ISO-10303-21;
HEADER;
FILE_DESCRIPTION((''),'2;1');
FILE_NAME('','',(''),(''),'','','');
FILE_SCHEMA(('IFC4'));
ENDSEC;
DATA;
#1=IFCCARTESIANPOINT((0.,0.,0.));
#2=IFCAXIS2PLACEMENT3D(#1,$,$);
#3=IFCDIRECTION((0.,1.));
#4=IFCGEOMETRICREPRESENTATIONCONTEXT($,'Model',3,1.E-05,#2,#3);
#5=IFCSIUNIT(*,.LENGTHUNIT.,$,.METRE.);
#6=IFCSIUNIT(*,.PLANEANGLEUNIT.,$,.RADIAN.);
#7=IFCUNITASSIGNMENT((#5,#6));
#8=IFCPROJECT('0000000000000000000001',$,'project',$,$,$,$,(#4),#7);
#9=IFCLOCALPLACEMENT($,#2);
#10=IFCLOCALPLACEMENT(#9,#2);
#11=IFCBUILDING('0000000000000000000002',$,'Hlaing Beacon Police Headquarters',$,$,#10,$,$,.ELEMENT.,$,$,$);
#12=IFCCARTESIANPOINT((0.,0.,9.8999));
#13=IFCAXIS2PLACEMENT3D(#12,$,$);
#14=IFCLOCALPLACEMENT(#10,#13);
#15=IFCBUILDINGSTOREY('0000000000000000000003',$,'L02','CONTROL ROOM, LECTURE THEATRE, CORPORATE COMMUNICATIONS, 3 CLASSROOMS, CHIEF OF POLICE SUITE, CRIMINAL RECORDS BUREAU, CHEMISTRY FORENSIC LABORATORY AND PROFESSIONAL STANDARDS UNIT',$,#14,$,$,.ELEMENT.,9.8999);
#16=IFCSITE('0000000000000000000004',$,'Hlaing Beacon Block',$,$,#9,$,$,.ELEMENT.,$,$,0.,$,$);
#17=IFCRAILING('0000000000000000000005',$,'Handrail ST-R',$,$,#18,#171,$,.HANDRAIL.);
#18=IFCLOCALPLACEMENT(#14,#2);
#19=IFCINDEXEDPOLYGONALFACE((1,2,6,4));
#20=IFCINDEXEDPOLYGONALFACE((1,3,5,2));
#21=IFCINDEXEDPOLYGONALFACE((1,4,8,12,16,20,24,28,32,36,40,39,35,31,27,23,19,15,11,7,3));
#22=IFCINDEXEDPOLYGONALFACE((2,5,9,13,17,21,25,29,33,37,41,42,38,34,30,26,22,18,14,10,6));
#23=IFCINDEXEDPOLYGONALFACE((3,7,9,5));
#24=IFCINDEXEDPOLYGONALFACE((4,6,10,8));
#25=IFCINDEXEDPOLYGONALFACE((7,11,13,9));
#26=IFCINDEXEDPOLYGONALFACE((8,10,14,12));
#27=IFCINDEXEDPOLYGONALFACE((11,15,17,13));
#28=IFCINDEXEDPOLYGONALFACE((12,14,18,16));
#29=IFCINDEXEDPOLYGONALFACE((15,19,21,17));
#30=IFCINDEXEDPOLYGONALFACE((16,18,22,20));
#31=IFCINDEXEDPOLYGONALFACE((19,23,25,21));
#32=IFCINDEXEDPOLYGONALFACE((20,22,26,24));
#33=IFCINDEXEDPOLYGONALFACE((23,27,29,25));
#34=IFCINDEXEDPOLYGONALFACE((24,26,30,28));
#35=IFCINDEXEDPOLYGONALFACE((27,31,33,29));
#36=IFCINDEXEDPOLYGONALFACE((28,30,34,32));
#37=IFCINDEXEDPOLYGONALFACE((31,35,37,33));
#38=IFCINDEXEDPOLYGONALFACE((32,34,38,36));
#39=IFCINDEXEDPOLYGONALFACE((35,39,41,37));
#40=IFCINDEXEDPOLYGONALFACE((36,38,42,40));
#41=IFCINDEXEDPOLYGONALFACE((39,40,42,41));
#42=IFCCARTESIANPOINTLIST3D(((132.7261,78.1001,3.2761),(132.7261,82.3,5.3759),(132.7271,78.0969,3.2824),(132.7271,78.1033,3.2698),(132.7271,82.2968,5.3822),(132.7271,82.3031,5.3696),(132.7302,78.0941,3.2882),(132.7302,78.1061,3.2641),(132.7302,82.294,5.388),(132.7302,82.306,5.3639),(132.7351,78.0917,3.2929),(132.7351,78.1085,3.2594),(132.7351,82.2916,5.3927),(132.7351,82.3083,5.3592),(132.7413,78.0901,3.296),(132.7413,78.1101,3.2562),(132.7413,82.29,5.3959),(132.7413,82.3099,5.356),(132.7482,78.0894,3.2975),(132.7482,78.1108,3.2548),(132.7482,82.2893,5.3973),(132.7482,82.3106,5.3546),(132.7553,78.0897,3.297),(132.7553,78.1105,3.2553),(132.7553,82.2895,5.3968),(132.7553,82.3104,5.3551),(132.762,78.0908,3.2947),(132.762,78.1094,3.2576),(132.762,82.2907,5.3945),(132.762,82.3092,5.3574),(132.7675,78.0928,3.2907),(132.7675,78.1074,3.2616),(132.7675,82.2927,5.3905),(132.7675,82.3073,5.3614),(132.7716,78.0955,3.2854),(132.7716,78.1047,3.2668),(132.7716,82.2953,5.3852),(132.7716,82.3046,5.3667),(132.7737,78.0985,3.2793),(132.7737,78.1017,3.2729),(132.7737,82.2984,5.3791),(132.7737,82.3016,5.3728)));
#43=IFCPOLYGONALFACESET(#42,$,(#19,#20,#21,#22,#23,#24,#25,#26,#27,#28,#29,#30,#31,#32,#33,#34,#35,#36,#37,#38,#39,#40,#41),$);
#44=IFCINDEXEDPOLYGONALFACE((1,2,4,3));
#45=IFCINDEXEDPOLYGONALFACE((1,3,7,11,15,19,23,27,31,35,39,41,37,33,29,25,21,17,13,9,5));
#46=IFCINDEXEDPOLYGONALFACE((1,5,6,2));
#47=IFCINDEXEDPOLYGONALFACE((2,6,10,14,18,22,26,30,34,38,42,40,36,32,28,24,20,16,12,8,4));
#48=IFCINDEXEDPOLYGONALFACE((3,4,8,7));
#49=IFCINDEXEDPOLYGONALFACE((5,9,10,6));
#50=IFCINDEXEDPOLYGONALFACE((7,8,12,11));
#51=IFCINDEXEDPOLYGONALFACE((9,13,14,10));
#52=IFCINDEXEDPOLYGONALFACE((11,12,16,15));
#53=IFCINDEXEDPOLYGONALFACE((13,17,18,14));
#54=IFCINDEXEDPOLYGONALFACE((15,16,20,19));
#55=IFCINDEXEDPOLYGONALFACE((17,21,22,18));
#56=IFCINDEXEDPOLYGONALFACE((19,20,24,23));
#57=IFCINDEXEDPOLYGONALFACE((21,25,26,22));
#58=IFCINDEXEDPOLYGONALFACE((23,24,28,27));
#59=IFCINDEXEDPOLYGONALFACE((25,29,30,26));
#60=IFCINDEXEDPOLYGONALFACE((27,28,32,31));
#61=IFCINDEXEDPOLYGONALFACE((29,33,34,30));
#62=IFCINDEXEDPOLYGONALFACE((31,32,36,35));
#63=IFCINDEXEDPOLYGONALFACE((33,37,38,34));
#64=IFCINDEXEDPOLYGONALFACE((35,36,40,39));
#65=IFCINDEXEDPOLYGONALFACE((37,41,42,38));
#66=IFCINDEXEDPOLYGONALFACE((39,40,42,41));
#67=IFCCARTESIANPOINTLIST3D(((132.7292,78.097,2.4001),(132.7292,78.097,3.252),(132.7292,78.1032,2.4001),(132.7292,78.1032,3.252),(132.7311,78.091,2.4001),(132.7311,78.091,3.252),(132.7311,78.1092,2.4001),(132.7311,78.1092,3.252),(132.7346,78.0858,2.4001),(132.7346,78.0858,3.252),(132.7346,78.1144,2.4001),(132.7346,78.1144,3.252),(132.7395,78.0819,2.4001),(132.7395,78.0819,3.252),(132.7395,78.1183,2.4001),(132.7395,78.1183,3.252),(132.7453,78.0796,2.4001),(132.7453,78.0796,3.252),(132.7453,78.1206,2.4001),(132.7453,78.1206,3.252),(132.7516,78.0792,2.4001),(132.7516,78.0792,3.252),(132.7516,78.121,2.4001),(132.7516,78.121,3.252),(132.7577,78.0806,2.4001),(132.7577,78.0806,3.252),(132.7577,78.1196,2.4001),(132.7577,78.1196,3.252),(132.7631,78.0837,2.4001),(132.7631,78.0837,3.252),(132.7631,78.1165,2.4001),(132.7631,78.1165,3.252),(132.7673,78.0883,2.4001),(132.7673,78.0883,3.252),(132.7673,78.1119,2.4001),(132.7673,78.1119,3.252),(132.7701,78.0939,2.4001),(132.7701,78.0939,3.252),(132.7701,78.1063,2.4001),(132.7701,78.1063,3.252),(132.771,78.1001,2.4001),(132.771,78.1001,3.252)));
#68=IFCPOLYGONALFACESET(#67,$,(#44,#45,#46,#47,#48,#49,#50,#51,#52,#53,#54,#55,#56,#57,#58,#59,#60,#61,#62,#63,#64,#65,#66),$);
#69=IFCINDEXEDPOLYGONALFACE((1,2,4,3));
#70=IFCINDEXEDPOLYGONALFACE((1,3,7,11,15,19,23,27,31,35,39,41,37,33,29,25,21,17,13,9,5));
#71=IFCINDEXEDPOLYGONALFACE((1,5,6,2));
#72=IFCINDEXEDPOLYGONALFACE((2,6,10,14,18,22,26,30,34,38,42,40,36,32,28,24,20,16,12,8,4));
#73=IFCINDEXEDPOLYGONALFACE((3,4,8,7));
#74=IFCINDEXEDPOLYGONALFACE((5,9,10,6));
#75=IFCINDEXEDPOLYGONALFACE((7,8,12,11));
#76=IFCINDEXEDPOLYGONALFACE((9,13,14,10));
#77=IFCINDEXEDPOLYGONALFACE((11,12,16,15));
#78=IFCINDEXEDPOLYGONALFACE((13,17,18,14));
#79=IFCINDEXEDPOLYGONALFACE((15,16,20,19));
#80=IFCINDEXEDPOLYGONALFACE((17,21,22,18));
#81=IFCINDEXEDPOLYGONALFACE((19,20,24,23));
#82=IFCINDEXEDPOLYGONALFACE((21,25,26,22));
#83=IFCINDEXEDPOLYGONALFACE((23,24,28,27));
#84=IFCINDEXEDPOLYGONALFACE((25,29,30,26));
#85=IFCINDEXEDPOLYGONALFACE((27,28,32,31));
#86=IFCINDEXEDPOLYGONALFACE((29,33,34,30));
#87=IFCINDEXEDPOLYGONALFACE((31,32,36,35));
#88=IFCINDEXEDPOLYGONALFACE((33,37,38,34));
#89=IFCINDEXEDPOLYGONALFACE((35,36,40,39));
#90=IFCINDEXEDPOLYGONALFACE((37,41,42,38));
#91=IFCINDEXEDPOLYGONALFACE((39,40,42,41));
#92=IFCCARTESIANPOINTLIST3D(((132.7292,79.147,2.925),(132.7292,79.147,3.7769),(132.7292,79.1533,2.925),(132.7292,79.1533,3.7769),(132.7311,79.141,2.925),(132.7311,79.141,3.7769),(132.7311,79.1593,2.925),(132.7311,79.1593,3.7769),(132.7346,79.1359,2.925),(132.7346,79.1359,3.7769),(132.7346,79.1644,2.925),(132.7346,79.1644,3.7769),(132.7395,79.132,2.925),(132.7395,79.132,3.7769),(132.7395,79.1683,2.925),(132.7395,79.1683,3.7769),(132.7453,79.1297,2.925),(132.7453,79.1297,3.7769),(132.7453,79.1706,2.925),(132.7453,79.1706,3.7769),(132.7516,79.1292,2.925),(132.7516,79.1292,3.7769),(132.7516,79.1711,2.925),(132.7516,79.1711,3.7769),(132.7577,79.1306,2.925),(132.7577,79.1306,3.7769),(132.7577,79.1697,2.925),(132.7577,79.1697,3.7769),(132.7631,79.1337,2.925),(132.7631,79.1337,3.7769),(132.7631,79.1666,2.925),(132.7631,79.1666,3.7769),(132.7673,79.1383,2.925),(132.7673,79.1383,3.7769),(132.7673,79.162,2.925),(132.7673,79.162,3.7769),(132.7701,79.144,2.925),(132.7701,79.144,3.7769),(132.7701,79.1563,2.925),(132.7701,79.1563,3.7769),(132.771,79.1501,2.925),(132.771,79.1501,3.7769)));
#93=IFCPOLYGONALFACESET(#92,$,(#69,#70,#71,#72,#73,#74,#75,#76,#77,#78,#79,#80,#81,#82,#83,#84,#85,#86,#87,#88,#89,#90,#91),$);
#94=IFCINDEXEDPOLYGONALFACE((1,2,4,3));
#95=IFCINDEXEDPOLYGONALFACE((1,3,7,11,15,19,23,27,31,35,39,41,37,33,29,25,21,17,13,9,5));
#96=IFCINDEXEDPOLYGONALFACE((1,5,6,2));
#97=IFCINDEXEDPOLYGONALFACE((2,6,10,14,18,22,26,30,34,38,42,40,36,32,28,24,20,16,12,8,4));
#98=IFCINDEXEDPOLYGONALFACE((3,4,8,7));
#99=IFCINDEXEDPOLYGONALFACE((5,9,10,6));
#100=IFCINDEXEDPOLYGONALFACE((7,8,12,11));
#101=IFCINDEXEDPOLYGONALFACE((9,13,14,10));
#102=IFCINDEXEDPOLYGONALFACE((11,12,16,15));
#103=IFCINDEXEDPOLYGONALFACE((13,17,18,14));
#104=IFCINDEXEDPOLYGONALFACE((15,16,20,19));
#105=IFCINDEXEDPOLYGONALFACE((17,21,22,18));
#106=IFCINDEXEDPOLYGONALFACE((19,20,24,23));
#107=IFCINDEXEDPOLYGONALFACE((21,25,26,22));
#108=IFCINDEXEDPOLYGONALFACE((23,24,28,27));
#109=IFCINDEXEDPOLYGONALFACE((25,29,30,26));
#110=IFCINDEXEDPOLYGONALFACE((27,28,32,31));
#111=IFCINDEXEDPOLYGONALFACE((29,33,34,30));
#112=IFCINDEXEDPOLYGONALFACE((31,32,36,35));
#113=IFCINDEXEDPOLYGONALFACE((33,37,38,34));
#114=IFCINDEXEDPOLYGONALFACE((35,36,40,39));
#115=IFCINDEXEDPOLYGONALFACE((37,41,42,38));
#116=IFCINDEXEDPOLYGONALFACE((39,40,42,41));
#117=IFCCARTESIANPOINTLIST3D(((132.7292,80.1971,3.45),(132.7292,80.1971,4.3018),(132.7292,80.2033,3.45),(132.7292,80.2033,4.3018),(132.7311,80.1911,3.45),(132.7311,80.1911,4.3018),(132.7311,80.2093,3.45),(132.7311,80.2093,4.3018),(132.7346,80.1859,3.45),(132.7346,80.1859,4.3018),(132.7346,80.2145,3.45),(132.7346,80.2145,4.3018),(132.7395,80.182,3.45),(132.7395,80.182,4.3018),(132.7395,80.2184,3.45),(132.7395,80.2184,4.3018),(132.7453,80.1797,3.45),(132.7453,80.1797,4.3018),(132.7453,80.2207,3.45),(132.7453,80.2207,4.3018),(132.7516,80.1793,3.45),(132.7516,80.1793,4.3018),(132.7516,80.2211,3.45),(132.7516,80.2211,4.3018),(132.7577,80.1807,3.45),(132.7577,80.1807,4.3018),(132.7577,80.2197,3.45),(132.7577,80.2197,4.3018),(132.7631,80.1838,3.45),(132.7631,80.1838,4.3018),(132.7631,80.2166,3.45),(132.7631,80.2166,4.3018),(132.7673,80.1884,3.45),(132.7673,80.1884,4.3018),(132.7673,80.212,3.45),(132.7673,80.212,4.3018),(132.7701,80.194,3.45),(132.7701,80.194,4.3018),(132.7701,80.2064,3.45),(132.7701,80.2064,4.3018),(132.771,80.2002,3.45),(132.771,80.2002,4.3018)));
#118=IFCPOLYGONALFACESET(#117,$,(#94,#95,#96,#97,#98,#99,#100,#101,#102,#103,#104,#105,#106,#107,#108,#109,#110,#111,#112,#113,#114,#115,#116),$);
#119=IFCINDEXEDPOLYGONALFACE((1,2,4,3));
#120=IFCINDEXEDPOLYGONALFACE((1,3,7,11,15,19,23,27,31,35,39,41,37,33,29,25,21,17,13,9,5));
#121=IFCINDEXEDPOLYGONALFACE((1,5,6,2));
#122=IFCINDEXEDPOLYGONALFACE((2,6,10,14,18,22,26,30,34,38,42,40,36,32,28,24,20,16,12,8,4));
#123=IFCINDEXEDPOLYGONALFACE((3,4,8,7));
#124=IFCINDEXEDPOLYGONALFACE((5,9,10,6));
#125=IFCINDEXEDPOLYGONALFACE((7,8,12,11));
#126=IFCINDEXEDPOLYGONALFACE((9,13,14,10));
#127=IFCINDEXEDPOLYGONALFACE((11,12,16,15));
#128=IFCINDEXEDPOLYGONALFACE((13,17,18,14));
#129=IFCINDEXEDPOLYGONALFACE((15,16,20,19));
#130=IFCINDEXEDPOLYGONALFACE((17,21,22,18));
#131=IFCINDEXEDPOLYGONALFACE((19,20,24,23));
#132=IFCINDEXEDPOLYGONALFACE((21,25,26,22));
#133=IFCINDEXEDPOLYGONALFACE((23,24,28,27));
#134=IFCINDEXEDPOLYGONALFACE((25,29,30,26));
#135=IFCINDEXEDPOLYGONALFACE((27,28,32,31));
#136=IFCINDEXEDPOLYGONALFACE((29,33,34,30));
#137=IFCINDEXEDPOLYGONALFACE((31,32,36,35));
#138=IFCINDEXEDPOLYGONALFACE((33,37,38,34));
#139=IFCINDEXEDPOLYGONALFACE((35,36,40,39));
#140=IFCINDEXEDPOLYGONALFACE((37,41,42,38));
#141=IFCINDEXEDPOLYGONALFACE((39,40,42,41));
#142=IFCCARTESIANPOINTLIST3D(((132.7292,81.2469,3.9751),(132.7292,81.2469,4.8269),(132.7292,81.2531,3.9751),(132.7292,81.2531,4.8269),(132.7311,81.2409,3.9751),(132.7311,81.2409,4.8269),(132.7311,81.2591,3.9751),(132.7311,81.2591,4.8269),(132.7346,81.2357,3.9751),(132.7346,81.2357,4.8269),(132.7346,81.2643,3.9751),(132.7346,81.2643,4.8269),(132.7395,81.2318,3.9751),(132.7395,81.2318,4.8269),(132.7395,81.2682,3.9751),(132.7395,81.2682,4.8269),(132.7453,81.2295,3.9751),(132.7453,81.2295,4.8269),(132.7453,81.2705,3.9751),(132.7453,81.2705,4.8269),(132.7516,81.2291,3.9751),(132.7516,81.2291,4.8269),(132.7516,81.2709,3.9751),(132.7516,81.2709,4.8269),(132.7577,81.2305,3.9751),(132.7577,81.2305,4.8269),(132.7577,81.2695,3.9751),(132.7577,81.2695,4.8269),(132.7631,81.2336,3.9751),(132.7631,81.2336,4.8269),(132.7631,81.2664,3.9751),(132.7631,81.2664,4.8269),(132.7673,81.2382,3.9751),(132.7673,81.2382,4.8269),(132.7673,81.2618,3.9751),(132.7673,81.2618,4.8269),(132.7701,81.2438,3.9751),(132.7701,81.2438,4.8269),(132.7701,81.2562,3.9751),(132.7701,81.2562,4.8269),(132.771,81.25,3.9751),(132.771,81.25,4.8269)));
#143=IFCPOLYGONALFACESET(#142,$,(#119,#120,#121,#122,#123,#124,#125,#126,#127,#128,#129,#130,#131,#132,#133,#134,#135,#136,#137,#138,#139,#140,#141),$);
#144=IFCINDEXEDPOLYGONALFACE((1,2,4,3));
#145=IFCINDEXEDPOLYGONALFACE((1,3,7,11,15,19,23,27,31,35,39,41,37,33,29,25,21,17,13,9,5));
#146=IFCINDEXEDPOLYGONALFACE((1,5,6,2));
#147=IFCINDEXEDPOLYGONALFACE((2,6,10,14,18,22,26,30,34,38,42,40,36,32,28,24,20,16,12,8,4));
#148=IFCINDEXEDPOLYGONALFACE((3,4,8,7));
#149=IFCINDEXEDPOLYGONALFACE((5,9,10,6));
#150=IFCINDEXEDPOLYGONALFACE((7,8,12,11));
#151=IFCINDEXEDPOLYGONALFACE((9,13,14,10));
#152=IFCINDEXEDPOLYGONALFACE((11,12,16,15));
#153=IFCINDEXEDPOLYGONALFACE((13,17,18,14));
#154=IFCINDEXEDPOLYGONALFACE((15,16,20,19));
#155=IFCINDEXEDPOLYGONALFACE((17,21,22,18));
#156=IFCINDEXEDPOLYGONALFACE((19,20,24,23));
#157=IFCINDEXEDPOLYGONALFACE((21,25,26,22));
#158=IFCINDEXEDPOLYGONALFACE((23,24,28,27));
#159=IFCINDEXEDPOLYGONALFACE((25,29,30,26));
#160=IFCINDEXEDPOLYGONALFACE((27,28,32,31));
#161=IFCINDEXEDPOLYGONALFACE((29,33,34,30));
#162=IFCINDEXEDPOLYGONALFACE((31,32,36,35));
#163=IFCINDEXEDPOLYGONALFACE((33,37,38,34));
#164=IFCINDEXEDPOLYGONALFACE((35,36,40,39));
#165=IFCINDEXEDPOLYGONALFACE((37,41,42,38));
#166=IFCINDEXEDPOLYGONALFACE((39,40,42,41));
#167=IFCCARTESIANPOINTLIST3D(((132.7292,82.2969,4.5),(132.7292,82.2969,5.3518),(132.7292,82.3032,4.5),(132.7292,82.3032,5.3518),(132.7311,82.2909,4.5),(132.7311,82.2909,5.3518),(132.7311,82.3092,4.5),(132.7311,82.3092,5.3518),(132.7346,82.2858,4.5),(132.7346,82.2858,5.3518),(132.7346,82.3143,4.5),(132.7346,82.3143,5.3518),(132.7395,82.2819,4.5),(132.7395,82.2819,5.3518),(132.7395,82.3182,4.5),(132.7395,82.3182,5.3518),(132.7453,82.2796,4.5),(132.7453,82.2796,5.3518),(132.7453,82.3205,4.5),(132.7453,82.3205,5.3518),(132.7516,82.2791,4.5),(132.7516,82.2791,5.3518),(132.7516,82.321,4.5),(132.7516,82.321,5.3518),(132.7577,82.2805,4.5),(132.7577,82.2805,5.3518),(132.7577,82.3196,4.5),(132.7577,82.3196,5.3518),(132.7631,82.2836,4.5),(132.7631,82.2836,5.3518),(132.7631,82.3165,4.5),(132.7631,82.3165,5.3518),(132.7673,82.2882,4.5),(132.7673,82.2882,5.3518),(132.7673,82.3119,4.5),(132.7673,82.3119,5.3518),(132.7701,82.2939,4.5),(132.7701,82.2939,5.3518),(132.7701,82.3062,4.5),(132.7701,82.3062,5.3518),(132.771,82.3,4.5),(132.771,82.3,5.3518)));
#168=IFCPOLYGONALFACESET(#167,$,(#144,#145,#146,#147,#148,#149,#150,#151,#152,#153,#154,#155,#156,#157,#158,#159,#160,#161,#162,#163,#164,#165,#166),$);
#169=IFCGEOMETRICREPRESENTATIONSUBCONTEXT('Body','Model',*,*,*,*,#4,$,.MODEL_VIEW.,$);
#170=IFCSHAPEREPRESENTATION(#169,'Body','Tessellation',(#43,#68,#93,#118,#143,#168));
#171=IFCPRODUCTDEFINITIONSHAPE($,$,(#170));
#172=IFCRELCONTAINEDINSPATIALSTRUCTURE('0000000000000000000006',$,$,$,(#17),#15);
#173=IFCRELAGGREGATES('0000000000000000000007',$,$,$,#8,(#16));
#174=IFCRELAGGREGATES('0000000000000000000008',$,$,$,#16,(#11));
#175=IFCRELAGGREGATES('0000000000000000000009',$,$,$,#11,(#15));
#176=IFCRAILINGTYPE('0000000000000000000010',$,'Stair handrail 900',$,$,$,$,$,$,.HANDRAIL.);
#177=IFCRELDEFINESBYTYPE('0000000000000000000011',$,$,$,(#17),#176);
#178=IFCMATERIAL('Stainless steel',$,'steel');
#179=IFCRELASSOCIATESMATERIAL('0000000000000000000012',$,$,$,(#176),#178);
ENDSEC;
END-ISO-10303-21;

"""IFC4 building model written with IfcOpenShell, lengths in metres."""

from ifc_helpers import new_model, si_unit, direction, frame, origin, origin_2d, place, context, subcontext, project, spatial, circle, extrude, material, type_object, element, save


model = new_model("IFC4")

# Units and contexts
model_context = context("Model", 3, precision=1e-05, world=origin(), true_north=direction((0.0, 1.0)))
body_context = subcontext(model_context, "Body", "Model", "MODEL_VIEW")
ifc_project = project(units=[si_unit("LENGTHUNIT", "METRE"), si_unit("PLANEANGLEUNIT", "RADIAN")], contexts=[model_context])

# Site, building, storey
site_placement = place(None, origin())
site = spatial("IfcSite", under=ifc_project, at=site_placement, Name="Hlaing Beacon Block", CompositionType="ELEMENT", RefElevation=0.0)
building_placement = place(site_placement, origin())
building = spatial("IfcBuilding", under=site, at=building_placement, Name="Hlaing Beacon Police Headquarters", CompositionType="ELEMENT")
storey_placement = place(building_placement, frame((0.0, 0.0, 9.8999)))
storey = spatial("IfcBuildingStorey", under=building, at=storey_placement, Name="L02", Description="CONTROL ROOM, LECTURE THEATRE, CORPORATE COMMUNICATIONS, 3 CLASSROOMS, CHIEF OF POLICE SUITE, CRIMINAL RECORDS BUREAU, CHEMISTRY FORENSIC LABORATORY AND PROFESSIONAL STANDARDS UNIT", CompositionType="ELEMENT", Elevation=9.8999)

# Railing
ifc_material_1 = material(Name="Stainless steel", Category="steel")
railing_type_1 = type_object("IfcRailingType", Name="Stair handrail 900", PredefinedType="HANDRAIL", material=ifc_material_1)
for number, where, name in (
    (1, (132.75, 78.1001, 2.4001), "Handrail ST-R"),
):
    element("IfcRailing", number, at=place(storey_placement, frame(where)), inside=storey, type_object=railing_type_1, Name=name, PredefinedType="HANDRAIL", context=body_context, shape_type="SweptSolid", body=[
        extrude(circle(Radius=0.0239, at=origin_2d()), frame((0.0, 0.0, 0.876), z_axis=(0.0, 0.894438, 0.447193), x_axis=(-1.0, 0.0, 0.0)), (0.0, 0.0, 1.0), 4.6956),
        extrude(circle(Radius=0.021, at=origin_2d()), origin(), (0.0, 0.0, 1.0), 0.8518),
        extrude(circle(Radius=0.021, at=origin_2d()), frame((0.0, 1.05, 0.5249)), (0.0, 0.0, 1.0), 0.8518),
        extrude(circle(Radius=0.021, at=origin_2d()), frame((0.0, 2.1001, 1.0498)), (0.0, 0.0, 1.0), 0.8518),
        extrude(circle(Radius=0.021, at=origin_2d()), frame((0.0, 3.1499, 1.575)), (0.0, 0.0, 1.0), 0.8518),
        extrude(circle(Radius=0.021, at=origin_2d()), frame((0.0, 4.2, 2.0999)), (0.0, 0.0, 1.0), 0.8518),
    ])

save(model, "model.ifc")
